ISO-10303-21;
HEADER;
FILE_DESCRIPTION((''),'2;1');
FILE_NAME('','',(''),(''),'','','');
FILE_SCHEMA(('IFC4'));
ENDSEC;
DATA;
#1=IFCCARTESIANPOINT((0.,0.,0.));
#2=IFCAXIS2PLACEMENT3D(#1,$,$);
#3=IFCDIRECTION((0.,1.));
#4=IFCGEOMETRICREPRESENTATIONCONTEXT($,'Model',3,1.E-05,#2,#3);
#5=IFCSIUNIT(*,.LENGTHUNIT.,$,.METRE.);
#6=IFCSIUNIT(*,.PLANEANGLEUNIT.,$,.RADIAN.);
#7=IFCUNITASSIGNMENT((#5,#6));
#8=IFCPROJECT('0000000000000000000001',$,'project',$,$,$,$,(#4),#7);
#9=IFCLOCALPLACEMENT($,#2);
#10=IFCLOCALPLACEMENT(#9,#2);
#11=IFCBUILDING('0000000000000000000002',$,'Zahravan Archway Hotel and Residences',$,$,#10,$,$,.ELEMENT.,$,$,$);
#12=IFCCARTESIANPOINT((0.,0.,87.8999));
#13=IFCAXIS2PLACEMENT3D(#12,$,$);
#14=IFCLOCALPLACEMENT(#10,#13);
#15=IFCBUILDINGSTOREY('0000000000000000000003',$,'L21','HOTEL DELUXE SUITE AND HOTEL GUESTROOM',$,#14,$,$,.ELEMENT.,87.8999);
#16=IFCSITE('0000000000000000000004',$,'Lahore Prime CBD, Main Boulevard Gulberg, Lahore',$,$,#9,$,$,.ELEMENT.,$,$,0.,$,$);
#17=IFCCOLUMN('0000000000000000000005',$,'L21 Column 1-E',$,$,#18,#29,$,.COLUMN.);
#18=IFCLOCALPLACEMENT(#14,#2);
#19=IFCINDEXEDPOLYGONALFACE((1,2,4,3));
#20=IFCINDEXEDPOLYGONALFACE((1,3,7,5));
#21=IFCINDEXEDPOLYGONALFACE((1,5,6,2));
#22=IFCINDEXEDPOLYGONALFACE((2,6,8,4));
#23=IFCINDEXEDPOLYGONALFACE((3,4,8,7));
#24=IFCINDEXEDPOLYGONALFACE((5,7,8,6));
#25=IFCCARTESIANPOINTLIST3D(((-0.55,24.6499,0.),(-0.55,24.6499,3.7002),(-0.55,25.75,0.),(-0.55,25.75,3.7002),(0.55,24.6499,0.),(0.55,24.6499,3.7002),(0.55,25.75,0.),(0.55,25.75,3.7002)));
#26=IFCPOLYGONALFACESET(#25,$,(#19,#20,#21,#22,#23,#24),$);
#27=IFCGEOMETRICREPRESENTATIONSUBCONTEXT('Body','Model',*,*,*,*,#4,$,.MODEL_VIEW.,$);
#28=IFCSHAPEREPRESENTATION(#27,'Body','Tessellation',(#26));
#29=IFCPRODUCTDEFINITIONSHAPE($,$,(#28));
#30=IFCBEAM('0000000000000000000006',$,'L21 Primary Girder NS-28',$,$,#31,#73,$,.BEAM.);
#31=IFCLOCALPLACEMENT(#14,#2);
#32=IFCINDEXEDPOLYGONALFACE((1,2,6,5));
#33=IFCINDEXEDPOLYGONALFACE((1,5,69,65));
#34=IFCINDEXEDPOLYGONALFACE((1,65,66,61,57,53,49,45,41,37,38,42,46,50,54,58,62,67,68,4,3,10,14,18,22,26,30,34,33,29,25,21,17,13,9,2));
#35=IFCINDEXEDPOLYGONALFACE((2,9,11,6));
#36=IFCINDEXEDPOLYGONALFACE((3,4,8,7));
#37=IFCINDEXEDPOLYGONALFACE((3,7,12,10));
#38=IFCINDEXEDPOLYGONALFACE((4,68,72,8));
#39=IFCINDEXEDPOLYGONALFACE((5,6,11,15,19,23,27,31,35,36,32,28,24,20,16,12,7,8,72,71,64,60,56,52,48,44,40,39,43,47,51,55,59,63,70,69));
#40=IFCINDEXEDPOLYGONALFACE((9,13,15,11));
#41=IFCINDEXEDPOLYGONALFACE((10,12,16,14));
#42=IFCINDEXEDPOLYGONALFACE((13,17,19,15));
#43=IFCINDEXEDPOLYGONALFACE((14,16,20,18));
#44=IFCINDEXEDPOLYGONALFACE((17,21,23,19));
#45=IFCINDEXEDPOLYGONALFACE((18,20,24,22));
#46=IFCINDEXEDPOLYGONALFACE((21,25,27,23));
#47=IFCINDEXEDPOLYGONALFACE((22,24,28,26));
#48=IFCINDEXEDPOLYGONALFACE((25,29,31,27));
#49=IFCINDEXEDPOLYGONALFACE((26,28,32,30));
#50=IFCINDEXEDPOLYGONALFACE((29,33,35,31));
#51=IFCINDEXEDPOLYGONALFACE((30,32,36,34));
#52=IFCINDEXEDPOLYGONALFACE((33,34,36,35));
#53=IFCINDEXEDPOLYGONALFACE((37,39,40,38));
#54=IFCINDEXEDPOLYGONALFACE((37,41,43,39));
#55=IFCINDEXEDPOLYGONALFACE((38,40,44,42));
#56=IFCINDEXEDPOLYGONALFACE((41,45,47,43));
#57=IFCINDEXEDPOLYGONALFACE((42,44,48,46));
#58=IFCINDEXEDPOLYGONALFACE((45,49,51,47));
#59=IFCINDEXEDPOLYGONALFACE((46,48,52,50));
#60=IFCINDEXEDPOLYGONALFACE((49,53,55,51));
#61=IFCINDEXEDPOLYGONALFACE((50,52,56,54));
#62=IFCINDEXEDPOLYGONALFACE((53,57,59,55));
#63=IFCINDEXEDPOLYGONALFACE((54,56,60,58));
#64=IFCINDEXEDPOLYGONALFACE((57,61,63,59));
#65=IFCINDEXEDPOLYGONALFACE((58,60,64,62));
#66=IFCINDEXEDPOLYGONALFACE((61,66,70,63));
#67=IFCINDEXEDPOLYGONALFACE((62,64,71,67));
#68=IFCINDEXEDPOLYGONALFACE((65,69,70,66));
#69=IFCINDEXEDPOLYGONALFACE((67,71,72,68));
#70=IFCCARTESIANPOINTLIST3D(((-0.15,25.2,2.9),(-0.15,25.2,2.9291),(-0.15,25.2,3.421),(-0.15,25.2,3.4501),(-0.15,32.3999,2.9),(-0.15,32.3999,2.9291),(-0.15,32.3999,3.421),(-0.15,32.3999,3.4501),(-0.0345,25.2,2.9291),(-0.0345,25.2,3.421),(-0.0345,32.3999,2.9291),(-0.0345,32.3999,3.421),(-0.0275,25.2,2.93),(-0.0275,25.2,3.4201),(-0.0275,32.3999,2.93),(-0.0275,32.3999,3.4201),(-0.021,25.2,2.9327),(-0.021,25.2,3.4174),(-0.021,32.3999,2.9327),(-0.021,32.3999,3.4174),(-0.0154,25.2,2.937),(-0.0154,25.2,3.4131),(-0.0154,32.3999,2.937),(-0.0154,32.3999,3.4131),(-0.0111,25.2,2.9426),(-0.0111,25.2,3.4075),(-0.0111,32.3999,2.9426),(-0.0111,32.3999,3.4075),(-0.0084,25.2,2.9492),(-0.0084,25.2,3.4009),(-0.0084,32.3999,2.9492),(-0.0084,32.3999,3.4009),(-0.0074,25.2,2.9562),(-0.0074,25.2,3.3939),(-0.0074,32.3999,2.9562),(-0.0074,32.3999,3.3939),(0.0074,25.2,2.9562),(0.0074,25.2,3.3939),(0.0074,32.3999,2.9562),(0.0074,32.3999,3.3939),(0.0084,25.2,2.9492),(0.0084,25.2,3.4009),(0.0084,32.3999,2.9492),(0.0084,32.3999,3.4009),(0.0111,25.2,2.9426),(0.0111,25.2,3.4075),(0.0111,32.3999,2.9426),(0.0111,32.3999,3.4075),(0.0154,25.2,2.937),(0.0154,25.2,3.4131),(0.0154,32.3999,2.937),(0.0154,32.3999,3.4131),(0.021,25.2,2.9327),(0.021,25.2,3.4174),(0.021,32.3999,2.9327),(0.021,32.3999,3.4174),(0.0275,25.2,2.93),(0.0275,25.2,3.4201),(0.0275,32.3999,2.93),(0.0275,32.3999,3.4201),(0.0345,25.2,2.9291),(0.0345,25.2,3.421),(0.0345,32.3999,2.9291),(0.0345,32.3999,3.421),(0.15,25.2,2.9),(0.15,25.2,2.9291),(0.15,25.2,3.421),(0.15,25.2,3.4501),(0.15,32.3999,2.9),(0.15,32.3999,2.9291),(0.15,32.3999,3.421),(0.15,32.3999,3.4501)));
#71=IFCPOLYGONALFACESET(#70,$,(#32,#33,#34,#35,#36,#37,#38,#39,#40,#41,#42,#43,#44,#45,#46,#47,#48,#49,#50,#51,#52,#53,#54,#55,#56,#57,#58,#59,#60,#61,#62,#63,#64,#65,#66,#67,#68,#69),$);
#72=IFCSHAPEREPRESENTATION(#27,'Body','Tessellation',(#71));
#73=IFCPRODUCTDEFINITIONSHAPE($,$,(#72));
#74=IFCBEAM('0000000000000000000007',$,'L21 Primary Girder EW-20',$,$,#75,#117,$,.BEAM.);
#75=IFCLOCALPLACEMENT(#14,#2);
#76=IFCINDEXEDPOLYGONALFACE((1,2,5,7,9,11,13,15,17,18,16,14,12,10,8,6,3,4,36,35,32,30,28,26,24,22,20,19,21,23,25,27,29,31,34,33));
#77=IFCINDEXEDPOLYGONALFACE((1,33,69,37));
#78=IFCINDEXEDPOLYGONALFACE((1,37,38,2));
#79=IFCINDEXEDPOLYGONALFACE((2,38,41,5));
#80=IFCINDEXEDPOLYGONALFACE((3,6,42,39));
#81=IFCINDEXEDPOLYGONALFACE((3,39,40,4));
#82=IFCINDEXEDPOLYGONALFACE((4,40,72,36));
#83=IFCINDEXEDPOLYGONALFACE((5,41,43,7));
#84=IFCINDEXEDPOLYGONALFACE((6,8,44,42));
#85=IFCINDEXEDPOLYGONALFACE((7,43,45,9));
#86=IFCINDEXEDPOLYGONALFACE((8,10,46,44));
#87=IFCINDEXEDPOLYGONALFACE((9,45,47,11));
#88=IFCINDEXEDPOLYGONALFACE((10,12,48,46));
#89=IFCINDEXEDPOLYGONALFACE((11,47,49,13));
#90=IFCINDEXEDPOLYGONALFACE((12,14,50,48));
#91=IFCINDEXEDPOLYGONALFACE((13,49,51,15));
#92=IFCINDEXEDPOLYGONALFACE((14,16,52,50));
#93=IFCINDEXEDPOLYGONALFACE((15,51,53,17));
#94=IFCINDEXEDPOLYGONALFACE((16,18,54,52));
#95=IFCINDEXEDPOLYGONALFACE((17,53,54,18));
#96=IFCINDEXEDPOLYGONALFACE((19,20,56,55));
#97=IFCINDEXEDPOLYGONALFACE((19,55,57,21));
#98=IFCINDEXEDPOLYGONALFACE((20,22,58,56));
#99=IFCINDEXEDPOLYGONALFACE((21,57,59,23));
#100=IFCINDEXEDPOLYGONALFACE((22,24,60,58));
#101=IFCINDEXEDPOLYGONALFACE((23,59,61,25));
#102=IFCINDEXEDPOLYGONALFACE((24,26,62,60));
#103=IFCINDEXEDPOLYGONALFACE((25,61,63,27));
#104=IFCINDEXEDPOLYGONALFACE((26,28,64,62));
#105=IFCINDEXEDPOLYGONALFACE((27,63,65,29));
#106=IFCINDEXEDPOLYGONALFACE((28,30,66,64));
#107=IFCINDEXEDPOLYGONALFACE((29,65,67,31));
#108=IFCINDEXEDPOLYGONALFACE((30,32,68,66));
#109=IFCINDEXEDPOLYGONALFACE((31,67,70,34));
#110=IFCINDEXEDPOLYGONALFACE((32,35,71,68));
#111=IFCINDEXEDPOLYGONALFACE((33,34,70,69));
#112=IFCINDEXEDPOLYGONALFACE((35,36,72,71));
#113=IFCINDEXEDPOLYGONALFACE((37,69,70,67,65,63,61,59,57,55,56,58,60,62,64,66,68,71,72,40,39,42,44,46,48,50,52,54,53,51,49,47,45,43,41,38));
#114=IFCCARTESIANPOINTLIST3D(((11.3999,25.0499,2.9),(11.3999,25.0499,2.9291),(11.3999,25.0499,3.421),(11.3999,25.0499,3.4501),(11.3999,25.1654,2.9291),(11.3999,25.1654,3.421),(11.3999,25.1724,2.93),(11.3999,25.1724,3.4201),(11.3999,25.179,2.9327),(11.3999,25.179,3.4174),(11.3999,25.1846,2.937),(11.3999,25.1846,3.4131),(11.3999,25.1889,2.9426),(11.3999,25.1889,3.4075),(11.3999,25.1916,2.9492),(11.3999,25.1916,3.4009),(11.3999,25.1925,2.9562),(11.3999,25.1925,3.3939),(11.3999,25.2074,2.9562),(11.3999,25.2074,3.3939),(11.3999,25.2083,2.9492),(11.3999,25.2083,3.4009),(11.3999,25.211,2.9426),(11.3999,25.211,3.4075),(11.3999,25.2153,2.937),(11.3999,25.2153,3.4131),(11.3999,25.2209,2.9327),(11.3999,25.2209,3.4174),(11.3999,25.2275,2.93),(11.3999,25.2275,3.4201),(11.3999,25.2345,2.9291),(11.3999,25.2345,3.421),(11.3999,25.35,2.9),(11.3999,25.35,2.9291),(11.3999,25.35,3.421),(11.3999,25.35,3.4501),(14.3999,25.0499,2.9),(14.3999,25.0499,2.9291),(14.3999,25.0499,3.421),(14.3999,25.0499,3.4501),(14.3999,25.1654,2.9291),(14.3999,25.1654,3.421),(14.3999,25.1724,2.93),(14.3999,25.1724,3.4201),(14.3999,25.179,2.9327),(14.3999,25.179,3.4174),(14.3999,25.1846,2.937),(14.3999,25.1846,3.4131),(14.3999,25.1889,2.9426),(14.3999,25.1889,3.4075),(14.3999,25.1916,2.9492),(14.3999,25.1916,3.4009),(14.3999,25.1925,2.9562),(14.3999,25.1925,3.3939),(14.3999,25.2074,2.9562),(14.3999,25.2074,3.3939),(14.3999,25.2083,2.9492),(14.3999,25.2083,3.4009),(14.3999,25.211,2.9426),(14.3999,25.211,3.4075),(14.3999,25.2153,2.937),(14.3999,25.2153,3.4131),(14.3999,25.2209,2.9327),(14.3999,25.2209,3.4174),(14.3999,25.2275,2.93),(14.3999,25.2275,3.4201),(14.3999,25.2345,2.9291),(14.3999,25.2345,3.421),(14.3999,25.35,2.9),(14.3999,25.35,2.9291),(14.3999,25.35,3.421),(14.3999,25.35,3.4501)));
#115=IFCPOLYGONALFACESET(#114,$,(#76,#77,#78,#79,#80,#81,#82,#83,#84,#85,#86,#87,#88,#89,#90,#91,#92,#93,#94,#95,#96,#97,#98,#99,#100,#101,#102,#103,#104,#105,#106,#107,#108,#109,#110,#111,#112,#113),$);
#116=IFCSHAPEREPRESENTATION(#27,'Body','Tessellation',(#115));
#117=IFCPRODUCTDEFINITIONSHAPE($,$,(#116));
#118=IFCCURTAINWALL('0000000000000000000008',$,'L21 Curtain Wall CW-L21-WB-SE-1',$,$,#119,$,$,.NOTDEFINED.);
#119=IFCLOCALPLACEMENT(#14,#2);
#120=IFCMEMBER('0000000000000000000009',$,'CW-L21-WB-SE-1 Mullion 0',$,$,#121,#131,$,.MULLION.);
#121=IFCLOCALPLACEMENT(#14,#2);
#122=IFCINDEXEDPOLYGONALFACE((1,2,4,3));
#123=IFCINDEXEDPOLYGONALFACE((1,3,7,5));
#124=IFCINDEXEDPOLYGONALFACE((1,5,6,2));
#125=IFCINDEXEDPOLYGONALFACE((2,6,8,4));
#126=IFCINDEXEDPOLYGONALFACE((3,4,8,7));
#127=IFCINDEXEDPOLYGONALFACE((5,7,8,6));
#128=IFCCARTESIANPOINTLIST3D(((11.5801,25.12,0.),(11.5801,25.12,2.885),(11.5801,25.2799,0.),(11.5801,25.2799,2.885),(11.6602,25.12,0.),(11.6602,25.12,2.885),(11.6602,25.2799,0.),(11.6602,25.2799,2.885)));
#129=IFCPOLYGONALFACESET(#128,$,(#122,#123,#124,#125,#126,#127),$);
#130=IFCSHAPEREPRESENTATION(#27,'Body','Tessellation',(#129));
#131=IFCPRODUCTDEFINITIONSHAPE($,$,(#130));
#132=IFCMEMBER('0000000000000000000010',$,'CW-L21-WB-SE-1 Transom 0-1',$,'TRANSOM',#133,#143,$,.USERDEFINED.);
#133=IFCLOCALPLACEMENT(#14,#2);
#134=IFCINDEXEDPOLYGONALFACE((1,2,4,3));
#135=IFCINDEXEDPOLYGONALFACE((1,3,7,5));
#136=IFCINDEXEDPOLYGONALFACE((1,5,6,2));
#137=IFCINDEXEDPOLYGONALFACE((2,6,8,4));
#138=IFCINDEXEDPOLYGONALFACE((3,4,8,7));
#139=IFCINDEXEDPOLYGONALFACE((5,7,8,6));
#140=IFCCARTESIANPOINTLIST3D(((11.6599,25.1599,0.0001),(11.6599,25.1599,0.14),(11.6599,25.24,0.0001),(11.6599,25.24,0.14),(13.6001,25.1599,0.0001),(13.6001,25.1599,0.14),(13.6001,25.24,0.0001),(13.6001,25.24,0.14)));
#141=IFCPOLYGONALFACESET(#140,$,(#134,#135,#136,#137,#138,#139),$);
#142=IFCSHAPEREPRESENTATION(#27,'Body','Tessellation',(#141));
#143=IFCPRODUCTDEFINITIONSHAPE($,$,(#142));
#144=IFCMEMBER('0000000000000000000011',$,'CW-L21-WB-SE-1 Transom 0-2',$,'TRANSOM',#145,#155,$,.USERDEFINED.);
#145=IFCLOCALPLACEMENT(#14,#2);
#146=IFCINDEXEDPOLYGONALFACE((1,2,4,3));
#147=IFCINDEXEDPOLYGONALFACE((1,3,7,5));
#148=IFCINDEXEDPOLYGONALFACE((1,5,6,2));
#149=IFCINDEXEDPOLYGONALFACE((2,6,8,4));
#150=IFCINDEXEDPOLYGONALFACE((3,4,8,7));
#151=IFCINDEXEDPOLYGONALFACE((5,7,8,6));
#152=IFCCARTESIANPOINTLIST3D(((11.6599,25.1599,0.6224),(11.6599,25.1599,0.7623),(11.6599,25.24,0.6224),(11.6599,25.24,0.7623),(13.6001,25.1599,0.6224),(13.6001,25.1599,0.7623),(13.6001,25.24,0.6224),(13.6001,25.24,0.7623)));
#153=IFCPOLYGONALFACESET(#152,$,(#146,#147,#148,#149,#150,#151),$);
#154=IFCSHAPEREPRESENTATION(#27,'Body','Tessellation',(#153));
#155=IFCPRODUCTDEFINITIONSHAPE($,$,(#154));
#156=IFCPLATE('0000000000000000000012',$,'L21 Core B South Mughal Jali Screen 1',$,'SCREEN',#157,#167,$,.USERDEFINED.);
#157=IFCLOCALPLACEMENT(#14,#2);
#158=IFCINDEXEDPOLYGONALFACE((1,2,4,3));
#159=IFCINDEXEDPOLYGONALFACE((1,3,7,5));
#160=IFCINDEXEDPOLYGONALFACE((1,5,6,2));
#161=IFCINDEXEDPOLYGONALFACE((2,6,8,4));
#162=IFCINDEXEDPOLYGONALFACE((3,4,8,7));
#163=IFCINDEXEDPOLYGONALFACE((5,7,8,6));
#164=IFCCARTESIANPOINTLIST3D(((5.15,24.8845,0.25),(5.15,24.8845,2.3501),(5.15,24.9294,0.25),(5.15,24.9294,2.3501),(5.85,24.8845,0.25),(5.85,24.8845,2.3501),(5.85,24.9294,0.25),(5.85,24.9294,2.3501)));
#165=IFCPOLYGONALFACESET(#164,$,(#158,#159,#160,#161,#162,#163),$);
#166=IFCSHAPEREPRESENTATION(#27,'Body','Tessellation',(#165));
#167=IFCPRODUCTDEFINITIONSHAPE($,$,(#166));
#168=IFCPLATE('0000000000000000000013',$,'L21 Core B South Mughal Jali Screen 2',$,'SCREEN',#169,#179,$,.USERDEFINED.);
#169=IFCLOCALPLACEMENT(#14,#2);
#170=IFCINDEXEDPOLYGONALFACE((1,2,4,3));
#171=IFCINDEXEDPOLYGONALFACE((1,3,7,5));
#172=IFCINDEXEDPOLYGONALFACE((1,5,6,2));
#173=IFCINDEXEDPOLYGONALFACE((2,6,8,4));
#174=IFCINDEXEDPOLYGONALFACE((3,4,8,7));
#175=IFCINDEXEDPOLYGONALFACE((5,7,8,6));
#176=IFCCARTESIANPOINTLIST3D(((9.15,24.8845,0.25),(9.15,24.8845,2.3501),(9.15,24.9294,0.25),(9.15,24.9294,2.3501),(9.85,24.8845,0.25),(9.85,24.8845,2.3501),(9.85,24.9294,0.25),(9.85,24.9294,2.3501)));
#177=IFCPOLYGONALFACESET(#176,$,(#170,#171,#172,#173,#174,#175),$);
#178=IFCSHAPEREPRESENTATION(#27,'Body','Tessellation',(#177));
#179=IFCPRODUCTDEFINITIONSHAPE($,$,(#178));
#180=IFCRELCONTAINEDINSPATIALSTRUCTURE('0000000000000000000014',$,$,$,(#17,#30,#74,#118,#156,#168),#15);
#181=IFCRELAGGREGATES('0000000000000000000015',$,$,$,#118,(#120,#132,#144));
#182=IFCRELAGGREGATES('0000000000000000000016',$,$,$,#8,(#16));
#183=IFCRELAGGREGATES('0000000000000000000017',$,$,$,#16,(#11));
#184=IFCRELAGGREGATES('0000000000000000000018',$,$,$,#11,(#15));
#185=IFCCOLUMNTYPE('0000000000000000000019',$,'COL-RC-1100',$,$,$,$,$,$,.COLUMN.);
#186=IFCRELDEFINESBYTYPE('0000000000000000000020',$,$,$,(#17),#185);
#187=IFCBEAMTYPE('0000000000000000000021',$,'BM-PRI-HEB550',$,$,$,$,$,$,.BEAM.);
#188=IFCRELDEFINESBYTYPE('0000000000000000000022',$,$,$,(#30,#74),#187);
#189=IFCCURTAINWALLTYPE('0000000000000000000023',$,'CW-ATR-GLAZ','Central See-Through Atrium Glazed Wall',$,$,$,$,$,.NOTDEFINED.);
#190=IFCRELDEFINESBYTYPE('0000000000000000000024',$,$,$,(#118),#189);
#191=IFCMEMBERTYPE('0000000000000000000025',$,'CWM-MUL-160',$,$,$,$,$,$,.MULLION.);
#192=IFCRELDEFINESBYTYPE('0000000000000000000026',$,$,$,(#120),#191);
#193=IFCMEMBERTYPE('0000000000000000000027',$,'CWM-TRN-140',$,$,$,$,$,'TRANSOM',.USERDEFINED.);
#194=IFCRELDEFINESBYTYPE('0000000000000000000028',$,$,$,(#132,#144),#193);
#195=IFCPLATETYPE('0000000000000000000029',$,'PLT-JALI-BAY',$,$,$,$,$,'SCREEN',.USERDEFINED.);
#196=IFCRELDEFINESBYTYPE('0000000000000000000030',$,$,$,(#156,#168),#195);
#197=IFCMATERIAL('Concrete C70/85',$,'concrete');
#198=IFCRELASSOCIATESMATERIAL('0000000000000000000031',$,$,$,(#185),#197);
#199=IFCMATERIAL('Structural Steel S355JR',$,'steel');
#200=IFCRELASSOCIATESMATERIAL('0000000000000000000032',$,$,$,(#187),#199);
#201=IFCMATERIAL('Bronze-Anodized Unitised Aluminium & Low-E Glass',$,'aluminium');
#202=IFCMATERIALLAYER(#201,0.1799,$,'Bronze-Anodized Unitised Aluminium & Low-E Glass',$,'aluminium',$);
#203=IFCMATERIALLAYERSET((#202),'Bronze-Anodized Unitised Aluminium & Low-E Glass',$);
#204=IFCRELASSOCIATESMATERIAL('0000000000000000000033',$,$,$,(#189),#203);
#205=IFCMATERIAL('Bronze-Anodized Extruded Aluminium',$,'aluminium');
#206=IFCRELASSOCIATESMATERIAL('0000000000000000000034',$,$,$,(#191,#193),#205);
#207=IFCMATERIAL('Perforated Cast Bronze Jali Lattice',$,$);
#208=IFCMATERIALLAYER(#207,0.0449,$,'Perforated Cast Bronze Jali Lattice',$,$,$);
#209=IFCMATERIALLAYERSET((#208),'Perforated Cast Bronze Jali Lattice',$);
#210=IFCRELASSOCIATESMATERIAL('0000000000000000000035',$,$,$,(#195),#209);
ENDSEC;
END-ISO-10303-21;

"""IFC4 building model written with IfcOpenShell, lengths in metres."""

from ifc_helpers import new_model, si_unit, direction, frame, origin, origin_2d, place, context, subcontext, project, spatial, rectangle, i_section, extrude, source, transform, mapped, material, layer, layer_set, material_profile, profile_set, type_object, type_shapes, element, aggregate, save


model = new_model("IFC4")

# Units and contexts
model_context = context("Model", 3, precision=1e-05, world=origin(), true_north=direction((0.0, 1.0)))
body_context = subcontext(model_context, "Body", "Model", "MODEL_VIEW")
ifc_project = project(units=[si_unit("LENGTHUNIT", "METRE"), si_unit("PLANEANGLEUNIT", "RADIAN")], contexts=[model_context])

# Site, building, storey
site_placement = place(None, origin())
site = spatial("IfcSite", under=ifc_project, at=site_placement, Name="Lahore Prime CBD, Main Boulevard Gulberg, Lahore", CompositionType="ELEMENT", RefElevation=0.0)
building_placement = place(site_placement, origin())
building = spatial("IfcBuilding", under=site, at=building_placement, Name="Zahravan Archway Hotel and Residences", CompositionType="ELEMENT")
storey_placement = place(building_placement, frame((0.0, 0.0, 87.8999)))
storey = spatial("IfcBuildingStorey", under=building, at=storey_placement, Name="L21", Description="HOTEL DELUXE SUITE AND HOTEL GUESTROOM", CompositionType="ELEMENT", Elevation=87.8999)

# Column
ifc_material_1 = material(Name="Concrete C70/85", Category="concrete")
ifc_material_profile_1 = material_profile(ifc_material_1, rectangle(XDim=1.1001, YDim=1.1001, at=origin_2d()), Name="RC 1100x1100", Category="concrete")
ifc_profile_set_1 = profile_set([ifc_material_profile_1], Name="Concrete C70/85")
column_type = type_object("IfcColumnType", Name="COL-RC-1100", PredefinedType="COLUMN", material=ifc_profile_set_1)
shared_shape_1 = source(origin(), body_context, "Body", "SweptSolid", [
    extrude(rectangle(XDim=1.1001, YDim=1.1001, at=origin_2d()), origin(), (0.0, 0.0, 1.0), 3.7002),
])
column_placement = place(storey_placement, frame((0.0, 25.2, 0.0), z_axis=(0.0, 0.0, 1.0), x_axis=(1.0, 0.0, 0.0)))
element("IfcColumn", 1, at=column_placement, inside=storey, type_object=column_type, Name="L21 Column 1-E", PredefinedType="COLUMN", context=body_context, shape_type="MappedRepresentation", body=[
    mapped(shared_shape_1, transform((0.0, 0.0, 0.0), scale=1.0)),
])

# Beams
ifc_material_2 = material(Name="Structural Steel S355JR", Category="steel")
ifc_material_profile_2 = material_profile(ifc_material_2, i_section(OverallWidth=0.3, OverallDepth=0.55, WebThickness=0.0149, FlangeThickness=0.0291, FilletRadius=0.0271, at=origin_2d()), Name="HEB 550", Category="steel")
ifc_profile_set_2 = profile_set([ifc_material_profile_2], Name="Structural Steel S355JR")
beam_type = type_object("IfcBeamType", Name="BM-PRI-HEB550", PredefinedType="BEAM", material=ifc_profile_set_2)
shared_shape_2 = source(origin(), body_context, "Body", "SweptSolid", [
    extrude(i_section(OverallWidth=0.3, OverallDepth=0.55, WebThickness=0.0149, FlangeThickness=0.0291, FilletRadius=0.0271, at=origin_2d()), origin(), (0.0, 0.0, 1.0), 7.2),
])
beam_1_placement = place(storey_placement, frame((0.0, 25.2, 3.175), z_axis=(0.0, 1.0, 0.0), x_axis=(-1.0, 0.0, 0.0)))
element("IfcBeam", 2, at=beam_1_placement, inside=storey, type_object=beam_type, Name="L21 Primary Girder NS-28", PredefinedType="BEAM", context=body_context, shape_type="MappedRepresentation", body=[
    mapped(shared_shape_2, transform((0.0, 0.0, 0.0), scale=1.0)),
])
shared_shape_3 = source(origin(), body_context, "Body", "SweptSolid", [
    extrude(i_section(OverallWidth=0.3, OverallDepth=0.55, WebThickness=0.0149, FlangeThickness=0.0291, FilletRadius=0.0271, at=origin_2d()), origin(), (0.0, 0.0, 1.0), 3.0),
])
beam_2_placement = place(storey_placement, frame((11.3999, 25.2, 3.175), z_axis=(1.0, 0.0, 0.0), x_axis=(0.0, 1.0, 0.0)))
element("IfcBeam", 3, at=beam_2_placement, inside=storey, type_object=beam_type, Name="L21 Primary Girder EW-20", PredefinedType="BEAM", context=body_context, shape_type="MappedRepresentation", body=[
    mapped(shared_shape_3, transform((0.0, 0.0, 0.0), scale=1.0)),
])

# Curtain wall, members
ifc_material_3 = material(Name="Bronze-Anodized Unitised Aluminium & Low-E Glass", Category="aluminium")
ifc_layer_1 = layer(ifc_material_3, 0.1799, Name="Bronze-Anodized Unitised Aluminium & Low-E Glass", Category="aluminium")
ifc_layer_set_1 = layer_set([ifc_layer_1], Name="Bronze-Anodized Unitised Aluminium & Low-E Glass")
curtain_wall_type = type_object("IfcCurtainWallType", Name="CW-ATR-GLAZ", Description="Central See-Through Atrium Glazed Wall", PredefinedType="NOTDEFINED", material=ifc_layer_set_1)
curtain_wall_placement = place(storey_placement, origin())
curtain_wall = element("IfcCurtainWall", 4, at=curtain_wall_placement, inside=storey, type_object=curtain_wall_type, Name="L21 Curtain Wall CW-L21-WB-SE-1", PredefinedType="NOTDEFINED")
ifc_material_4 = material(Name="Bronze-Anodized Extruded Aluminium", Category="aluminium")
ifc_material_profile_3 = material_profile(ifc_material_4, rectangle(XDim=0.0801, YDim=0.1599, at=origin_2d()), Name="MUL 80x160", Category="aluminium")
ifc_profile_set_3 = profile_set([ifc_material_profile_3], Name="Bronze-Anodized Extruded Aluminium")
member_type_1 = type_object("IfcMemberType", Name="CWM-MUL-160", PredefinedType="MULLION", material=ifc_profile_set_3)
shared_shape_4 = source(origin(), body_context, "Body", "SweptSolid", [
    extrude(rectangle(XDim=0.0801, YDim=0.1599, at=origin_2d()), origin(), (0.0, 0.0, 1.0), 2.885),
])
member_1_placement = place(storey_placement, frame((11.6201, 25.2, 0.0), z_axis=(0.0, 0.0, 1.0), x_axis=(1.0, 0.0, 0.0)))
member_1 = element("IfcMember", 5, at=member_1_placement, type_object=member_type_1, Name="CW-L21-WB-SE-1 Mullion 0", PredefinedType="MULLION", context=body_context, shape_type="MappedRepresentation", body=[
    mapped(shared_shape_4, transform((0.0, 0.0, 0.0), scale=1.0)),
])
ifc_material_profile_4 = material_profile(ifc_material_4, rectangle(XDim=0.0801, YDim=0.1399, at=origin_2d()), Name="TRN 80x140", Category="aluminium")
ifc_profile_set_4 = profile_set([ifc_material_profile_4], Name="Bronze-Anodized Extruded Aluminium")
member_type_2 = type_object("IfcMemberType", Name="CWM-TRN-140", ElementType="TRANSOM", PredefinedType="USERDEFINED", material=ifc_profile_set_4)
shared_shape_5 = source(origin(), body_context, "Body", "SweptSolid", [
    extrude(rectangle(XDim=0.0801, YDim=0.1399, at=origin_2d()), origin(), (0.0, 0.0, 1.0), 1.9402),
])
member_2_placement = place(storey_placement, frame((11.6599, 25.2, 0.0701), z_axis=(1.0, 0.0, 0.0), x_axis=(0.0, 1.0, 0.0)))
member_2 = element("IfcMember", 6, at=member_2_placement, type_object=member_type_2, Name="CW-L21-WB-SE-1 Transom 0-1", ObjectType="TRANSOM", PredefinedType="USERDEFINED", context=body_context, shape_type="MappedRepresentation", body=[
    mapped(shared_shape_5, transform((0.0, 0.0, 0.0), scale=1.0)),
])
member_3_placement = place(storey_placement, frame((11.6599, 25.2, 0.6924), z_axis=(1.0, 0.0, 0.0), x_axis=(0.0, 1.0, 0.0)))
member_3 = element("IfcMember", 7, at=member_3_placement, type_object=member_type_2, Name="CW-L21-WB-SE-1 Transom 0-2", ObjectType="TRANSOM", PredefinedType="USERDEFINED", context=body_context, shape_type="MappedRepresentation", body=[
    mapped(shared_shape_5, transform((0.0, 0.0, 0.0), scale=1.0)),
])
aggregate(curtain_wall, [member_1, member_2, member_3])

# Plates
ifc_material_5 = material(Name="Perforated Cast Bronze Jali Lattice")
ifc_layer_2 = layer(ifc_material_5, 0.0449, Name="Perforated Cast Bronze Jali Lattice")
ifc_layer_set_2 = layer_set([ifc_layer_2], Name="Perforated Cast Bronze Jali Lattice")
plate_type = type_object("IfcPlateType", Name="PLT-JALI-BAY", ElementType="SCREEN", PredefinedType="USERDEFINED", material=ifc_layer_set_2)
shared_shape_6 = source(origin(), body_context, "Body", "SweptSolid", [
    extrude(rectangle(XDim=0.7, YDim=0.0449, at=origin_2d()), origin(), (0.0, 0.0, 1.0), 2.1001),
])
type_shapes(plate_type, [shared_shape_6])
for number, where, z_axis, x_axis, name in (
    (8, (5.5, 24.907, 0.25), (0.0, 0.0, 1.0), (1.0, 0.0, 0.0), "L21 Core B South Mughal Jali Screen 1"),
    (9, (9.5, 24.907, 0.25), (0.0, 0.0, 1.0), (1.0, 0.0, 0.0), "L21 Core B South Mughal Jali Screen 2"),
):
    element("IfcPlate", number, at=place(storey_placement, frame(where, z_axis=z_axis, x_axis=x_axis)), inside=storey, type_object=plate_type, Name=name, ObjectType="SCREEN", PredefinedType="USERDEFINED", context=body_context, shape_type="MappedRepresentation", body=[
        mapped(shared_shape_6, transform((0.0, 0.0, 0.0), scale=1.0)),
    ])

save(model, "model.ifc")
